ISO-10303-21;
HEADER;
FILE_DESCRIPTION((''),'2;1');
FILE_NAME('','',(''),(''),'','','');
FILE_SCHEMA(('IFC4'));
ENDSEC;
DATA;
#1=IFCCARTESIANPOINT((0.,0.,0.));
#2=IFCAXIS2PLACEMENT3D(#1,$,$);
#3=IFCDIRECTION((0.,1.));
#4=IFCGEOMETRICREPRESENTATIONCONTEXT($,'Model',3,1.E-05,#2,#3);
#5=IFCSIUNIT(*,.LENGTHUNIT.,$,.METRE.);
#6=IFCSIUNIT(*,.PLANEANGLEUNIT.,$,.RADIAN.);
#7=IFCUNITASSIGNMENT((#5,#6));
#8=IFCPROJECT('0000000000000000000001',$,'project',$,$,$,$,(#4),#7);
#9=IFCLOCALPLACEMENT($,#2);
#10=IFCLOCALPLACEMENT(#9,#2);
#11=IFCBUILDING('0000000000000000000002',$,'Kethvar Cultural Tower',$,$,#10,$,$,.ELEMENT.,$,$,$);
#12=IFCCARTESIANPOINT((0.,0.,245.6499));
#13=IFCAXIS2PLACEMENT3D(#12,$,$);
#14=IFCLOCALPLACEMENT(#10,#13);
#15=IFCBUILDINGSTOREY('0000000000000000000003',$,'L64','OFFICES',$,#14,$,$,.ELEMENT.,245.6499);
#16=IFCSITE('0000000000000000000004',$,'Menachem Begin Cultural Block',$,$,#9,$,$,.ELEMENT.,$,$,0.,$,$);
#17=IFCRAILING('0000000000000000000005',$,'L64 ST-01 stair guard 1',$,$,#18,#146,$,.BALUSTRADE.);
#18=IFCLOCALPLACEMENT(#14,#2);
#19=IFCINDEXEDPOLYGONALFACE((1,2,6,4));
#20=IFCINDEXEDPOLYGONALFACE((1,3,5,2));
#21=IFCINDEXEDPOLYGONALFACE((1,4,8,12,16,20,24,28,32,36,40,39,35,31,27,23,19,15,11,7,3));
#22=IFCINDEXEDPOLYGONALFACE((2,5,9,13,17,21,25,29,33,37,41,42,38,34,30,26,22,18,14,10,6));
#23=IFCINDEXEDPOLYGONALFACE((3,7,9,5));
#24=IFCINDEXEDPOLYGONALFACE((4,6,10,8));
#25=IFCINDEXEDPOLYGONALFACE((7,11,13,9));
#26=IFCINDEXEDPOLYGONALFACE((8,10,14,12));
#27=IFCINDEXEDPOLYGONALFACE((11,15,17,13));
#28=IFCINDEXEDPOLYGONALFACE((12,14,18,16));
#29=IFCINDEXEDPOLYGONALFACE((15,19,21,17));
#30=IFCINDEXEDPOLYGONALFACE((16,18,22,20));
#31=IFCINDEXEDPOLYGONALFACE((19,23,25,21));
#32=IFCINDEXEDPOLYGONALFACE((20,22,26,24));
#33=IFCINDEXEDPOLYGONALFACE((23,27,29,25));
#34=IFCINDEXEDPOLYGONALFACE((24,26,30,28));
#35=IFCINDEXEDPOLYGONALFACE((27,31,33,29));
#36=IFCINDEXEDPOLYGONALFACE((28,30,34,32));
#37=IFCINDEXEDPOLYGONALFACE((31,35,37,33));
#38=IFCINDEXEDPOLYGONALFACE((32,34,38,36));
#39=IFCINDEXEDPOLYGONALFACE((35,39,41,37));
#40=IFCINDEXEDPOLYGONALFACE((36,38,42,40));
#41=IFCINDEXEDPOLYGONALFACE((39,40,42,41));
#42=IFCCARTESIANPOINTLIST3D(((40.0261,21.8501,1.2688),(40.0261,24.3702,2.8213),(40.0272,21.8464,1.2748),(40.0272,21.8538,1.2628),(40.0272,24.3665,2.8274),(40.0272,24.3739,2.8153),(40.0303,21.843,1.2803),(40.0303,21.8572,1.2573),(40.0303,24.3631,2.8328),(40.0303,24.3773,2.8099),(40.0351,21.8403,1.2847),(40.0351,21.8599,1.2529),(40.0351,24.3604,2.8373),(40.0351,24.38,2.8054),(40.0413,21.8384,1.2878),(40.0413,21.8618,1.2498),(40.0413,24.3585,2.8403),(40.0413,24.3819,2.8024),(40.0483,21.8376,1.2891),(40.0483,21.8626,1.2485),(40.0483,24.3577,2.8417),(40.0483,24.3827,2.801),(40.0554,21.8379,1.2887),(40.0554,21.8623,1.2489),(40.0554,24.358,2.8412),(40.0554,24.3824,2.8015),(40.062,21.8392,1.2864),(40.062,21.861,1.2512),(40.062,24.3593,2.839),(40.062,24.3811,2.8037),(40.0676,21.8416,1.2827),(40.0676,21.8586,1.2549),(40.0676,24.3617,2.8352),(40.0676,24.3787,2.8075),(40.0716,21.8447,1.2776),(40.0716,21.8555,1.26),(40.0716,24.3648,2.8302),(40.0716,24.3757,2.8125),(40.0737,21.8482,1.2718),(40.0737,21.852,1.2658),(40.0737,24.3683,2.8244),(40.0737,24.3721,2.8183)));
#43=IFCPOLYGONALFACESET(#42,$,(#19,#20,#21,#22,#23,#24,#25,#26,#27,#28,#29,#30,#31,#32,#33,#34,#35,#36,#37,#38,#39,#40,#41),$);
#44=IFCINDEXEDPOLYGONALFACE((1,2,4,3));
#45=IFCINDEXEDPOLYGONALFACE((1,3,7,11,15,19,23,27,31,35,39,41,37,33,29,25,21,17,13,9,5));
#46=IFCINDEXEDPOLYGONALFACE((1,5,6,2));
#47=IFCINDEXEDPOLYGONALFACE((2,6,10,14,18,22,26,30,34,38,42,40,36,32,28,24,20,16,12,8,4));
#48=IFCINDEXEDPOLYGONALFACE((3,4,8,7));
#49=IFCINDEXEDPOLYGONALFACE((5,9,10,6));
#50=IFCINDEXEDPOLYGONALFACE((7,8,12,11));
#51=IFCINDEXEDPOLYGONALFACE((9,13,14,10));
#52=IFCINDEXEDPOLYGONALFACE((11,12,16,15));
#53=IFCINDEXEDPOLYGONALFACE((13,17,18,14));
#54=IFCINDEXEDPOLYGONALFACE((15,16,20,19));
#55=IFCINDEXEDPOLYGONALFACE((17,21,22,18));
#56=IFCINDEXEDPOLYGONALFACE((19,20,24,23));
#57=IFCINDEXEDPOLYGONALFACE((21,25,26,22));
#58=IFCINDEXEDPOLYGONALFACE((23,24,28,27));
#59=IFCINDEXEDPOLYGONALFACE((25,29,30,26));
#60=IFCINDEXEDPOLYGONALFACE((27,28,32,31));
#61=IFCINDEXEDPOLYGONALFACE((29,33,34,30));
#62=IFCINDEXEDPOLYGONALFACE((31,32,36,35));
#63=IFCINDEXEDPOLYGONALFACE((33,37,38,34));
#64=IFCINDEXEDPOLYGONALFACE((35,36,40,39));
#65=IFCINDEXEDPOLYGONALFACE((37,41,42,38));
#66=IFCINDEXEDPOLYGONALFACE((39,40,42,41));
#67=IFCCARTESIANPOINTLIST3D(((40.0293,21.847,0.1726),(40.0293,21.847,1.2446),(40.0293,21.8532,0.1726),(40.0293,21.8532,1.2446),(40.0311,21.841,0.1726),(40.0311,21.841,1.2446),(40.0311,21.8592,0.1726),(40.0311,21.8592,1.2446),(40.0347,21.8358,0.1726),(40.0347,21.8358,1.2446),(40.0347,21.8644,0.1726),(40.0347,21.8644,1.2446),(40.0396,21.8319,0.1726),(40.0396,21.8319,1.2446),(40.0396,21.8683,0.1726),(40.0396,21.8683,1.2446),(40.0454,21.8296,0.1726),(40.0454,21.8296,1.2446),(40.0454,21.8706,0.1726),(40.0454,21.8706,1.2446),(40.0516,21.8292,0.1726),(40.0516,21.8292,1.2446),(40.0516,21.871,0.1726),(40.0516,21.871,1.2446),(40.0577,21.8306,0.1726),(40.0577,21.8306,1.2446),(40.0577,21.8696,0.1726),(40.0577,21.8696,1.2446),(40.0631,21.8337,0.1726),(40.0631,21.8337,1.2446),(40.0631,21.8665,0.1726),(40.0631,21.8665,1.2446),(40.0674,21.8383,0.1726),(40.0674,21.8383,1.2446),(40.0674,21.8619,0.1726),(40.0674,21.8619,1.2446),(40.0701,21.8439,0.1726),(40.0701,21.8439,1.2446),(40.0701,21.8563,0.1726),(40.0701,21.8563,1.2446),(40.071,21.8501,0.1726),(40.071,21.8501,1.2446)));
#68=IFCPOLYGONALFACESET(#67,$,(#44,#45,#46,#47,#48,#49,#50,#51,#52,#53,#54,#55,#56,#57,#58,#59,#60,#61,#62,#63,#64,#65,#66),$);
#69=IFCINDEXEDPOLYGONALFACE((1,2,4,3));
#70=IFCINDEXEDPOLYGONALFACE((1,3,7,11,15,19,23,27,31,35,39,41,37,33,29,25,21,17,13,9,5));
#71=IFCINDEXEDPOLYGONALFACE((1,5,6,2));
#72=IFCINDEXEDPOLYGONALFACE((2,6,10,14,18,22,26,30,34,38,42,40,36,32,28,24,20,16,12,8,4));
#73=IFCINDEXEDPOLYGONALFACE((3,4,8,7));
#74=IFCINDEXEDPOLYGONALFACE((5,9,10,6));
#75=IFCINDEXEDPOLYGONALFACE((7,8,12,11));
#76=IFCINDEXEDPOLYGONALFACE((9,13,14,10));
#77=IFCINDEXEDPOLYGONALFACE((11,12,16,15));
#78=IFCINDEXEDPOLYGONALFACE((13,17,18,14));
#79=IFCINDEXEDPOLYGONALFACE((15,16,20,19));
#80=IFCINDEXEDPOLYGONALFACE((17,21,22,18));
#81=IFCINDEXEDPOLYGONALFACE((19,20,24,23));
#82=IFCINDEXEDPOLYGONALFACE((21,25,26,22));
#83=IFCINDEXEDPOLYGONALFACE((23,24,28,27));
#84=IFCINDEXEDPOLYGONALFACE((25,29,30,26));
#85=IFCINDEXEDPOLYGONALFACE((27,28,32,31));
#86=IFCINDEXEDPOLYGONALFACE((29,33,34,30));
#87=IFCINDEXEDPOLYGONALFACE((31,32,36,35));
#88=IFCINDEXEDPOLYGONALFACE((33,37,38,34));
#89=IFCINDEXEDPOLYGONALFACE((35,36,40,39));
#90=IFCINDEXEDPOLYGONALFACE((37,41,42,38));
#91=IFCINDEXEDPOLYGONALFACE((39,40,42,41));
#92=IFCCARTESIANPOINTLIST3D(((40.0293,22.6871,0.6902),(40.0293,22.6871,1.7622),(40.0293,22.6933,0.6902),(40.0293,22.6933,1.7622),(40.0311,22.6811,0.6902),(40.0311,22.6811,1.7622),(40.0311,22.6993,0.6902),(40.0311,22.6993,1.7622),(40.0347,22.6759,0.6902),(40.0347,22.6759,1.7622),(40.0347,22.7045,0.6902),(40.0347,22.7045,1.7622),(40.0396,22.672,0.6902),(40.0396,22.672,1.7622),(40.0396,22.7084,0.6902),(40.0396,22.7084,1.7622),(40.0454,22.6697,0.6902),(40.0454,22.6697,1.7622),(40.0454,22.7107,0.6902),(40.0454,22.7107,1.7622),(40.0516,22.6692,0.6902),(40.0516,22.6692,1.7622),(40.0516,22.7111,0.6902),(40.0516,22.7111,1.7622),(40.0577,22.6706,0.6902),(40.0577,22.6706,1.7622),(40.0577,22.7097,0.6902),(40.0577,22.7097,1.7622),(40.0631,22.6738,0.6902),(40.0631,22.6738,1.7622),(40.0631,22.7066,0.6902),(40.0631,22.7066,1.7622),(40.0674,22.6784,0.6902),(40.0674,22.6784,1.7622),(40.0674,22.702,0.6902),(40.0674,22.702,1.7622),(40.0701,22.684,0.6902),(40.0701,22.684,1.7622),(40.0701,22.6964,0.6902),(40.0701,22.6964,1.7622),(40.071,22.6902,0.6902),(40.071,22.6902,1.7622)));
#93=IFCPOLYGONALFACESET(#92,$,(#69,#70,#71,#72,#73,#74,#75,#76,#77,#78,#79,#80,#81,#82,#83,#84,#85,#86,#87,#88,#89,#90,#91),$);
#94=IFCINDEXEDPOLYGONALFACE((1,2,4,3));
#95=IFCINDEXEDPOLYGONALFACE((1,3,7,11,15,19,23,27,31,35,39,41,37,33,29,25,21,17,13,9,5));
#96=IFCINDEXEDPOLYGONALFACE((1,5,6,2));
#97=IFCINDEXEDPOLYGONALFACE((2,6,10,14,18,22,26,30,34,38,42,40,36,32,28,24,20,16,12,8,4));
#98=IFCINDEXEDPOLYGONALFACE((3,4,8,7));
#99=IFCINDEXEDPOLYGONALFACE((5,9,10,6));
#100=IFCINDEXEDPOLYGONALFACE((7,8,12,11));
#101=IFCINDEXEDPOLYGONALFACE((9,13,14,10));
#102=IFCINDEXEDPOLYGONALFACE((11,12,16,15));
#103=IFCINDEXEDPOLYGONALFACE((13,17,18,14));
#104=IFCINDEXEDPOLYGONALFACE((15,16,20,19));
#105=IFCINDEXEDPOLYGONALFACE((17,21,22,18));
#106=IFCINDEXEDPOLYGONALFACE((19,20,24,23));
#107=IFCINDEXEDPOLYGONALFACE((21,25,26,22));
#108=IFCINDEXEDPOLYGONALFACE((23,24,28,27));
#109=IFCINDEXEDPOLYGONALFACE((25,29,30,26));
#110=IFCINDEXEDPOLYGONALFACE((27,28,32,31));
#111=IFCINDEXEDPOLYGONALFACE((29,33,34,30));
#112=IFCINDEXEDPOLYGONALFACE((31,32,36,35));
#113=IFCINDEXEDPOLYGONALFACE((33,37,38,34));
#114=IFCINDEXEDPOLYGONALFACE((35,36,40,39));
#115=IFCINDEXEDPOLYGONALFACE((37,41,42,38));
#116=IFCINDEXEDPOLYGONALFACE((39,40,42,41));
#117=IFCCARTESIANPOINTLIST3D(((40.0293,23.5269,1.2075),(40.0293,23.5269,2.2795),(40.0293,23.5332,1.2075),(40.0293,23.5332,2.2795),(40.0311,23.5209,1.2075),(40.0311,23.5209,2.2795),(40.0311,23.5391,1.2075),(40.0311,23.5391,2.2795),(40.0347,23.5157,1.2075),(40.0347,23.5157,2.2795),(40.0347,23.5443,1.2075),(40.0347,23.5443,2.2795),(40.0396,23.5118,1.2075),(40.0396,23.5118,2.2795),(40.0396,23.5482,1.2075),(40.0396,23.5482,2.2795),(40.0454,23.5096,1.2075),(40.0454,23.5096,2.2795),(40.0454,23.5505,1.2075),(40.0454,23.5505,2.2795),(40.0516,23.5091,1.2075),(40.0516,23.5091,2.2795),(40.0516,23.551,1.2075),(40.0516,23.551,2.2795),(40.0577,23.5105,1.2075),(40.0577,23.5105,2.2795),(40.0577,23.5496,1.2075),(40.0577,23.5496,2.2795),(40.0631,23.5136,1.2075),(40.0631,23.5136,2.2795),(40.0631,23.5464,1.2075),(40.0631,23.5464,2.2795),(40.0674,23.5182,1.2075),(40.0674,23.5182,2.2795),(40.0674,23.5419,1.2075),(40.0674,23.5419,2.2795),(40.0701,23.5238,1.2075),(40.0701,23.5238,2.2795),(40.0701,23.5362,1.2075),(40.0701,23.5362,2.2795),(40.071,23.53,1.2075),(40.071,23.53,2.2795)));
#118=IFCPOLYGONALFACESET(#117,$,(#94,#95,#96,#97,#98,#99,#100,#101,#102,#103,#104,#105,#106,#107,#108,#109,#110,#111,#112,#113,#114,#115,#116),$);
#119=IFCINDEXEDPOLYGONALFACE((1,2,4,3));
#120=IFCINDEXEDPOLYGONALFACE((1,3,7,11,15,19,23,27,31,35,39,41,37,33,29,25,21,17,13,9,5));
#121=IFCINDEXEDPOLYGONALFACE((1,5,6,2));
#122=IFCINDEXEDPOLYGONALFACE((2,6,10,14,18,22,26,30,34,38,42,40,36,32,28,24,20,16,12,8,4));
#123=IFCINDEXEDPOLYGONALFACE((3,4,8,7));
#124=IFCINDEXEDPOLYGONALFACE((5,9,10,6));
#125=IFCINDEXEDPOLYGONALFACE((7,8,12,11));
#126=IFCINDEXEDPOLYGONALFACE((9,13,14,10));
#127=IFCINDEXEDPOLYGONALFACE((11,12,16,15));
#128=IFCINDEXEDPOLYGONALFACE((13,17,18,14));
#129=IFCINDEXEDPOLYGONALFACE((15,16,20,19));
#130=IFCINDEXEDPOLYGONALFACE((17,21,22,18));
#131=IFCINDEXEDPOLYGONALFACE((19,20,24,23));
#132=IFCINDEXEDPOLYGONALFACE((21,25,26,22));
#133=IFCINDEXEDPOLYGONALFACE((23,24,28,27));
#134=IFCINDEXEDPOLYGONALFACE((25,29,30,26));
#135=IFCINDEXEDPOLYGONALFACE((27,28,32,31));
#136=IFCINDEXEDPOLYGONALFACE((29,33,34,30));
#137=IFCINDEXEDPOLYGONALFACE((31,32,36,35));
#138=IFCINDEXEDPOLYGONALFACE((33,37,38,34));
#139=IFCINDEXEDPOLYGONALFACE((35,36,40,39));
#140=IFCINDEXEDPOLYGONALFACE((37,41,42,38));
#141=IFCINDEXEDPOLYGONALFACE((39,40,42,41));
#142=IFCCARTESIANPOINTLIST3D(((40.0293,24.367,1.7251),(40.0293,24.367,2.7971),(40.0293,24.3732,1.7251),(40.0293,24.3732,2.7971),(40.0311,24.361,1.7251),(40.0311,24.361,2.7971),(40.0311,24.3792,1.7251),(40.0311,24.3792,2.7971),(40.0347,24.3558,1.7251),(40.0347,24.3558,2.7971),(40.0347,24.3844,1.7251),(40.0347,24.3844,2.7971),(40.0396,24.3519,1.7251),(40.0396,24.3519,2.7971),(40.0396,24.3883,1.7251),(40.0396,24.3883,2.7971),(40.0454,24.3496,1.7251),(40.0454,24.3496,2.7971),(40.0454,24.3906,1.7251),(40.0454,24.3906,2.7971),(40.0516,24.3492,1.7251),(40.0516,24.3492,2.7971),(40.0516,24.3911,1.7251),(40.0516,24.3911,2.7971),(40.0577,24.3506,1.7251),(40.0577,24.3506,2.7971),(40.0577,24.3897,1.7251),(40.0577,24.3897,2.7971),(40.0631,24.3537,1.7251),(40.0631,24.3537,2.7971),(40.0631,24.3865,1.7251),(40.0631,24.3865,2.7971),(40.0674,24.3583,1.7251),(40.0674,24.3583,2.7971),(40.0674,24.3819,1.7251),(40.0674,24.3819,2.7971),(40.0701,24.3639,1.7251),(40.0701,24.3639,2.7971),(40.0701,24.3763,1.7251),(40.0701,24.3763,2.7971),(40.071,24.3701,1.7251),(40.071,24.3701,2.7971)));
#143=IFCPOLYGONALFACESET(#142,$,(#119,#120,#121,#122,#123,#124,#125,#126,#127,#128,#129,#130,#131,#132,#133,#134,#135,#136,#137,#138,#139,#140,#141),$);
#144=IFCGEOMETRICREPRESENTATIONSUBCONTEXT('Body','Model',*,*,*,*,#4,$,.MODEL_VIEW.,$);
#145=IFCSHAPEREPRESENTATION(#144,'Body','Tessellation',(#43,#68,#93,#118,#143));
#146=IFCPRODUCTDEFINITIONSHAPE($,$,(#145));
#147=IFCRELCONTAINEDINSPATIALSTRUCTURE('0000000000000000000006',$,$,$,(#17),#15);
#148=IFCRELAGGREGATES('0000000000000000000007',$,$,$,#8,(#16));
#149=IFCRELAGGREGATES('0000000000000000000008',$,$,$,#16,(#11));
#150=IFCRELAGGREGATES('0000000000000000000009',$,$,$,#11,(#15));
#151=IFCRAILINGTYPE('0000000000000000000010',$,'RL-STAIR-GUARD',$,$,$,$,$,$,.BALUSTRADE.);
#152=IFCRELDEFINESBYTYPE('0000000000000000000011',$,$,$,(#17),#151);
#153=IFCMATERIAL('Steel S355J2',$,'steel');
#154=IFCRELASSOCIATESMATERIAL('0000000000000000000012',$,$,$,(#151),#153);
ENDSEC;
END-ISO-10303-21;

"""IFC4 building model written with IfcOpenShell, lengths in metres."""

from ifc_helpers import new_model, si_unit, direction, frame, origin, origin_2d, place, context, subcontext, project, spatial, circle, extrude, material, type_object, element, save


model = new_model("IFC4")

# Units and contexts
model_context = context("Model", 3, precision=1e-05, world=origin(), true_north=direction((0.0, 1.0)))
body_context = subcontext(model_context, "Body", "Model", "MODEL_VIEW")
ifc_project = project(units=[si_unit("LENGTHUNIT", "METRE"), si_unit("PLANEANGLEUNIT", "RADIAN")], contexts=[model_context])

# Site, building, storey
site_placement = place(None, origin())
site = spatial("IfcSite", under=ifc_project, at=site_placement, Name="Menachem Begin Cultural Block", CompositionType="ELEMENT", RefElevation=0.0)
building_placement = place(site_placement, origin())
building = spatial("IfcBuilding", under=site, at=building_placement, Name="Kethvar Cultural Tower", CompositionType="ELEMENT")
storey_placement = place(building_placement, frame((0.0, 0.0, 245.6499)))
storey = spatial("IfcBuildingStorey", under=building, at=storey_placement, Name="L64", Description="OFFICES", CompositionType="ELEMENT", Elevation=245.6499)

# Shared definitions
ifc_material_1 = material(Name="Steel S355J2", Category="steel")

# Railing
railing_type_1 = type_object("IfcRailingType", Name="RL-STAIR-GUARD", PredefinedType="BALUSTRADE", material=ifc_material_1)
railing_1_placement = place(storey_placement, frame((40.05, 21.8501, 0.1726)))
element("IfcRailing", 1, at=railing_1_placement, inside=storey, type_object=railing_type_1, Name="L64 ST-01 stair guard 1", PredefinedType="BALUSTRADE", context=body_context, shape_type="SweptSolid", body=[
    extrude(circle(Radius=0.0239, at=origin_2d()), frame((0.0, 0.0, 1.0962), z_axis=(0.0, 0.8514, 0.524516), x_axis=(-1.0, 0.0, 0.0)), (0.0, 0.0, 1.0), 2.96),
    extrude(circle(Radius=0.021, at=origin_2d()), origin(), (0.0, 0.0, 1.0), 1.072),
    extrude(circle(Radius=0.021, at=origin_2d()), frame((0.0, 0.8401, 0.5176)), (0.0, 0.0, 1.0), 1.072),
    extrude(circle(Radius=0.021, at=origin_2d()), frame((0.0, 1.6799, 1.0349)), (0.0, 0.0, 1.0), 1.072),
    extrude(circle(Radius=0.021, at=origin_2d()), frame((0.0, 2.52, 1.5525)), (0.0, 0.0, 1.0), 1.072),
])

save(model, "model.ifc")
